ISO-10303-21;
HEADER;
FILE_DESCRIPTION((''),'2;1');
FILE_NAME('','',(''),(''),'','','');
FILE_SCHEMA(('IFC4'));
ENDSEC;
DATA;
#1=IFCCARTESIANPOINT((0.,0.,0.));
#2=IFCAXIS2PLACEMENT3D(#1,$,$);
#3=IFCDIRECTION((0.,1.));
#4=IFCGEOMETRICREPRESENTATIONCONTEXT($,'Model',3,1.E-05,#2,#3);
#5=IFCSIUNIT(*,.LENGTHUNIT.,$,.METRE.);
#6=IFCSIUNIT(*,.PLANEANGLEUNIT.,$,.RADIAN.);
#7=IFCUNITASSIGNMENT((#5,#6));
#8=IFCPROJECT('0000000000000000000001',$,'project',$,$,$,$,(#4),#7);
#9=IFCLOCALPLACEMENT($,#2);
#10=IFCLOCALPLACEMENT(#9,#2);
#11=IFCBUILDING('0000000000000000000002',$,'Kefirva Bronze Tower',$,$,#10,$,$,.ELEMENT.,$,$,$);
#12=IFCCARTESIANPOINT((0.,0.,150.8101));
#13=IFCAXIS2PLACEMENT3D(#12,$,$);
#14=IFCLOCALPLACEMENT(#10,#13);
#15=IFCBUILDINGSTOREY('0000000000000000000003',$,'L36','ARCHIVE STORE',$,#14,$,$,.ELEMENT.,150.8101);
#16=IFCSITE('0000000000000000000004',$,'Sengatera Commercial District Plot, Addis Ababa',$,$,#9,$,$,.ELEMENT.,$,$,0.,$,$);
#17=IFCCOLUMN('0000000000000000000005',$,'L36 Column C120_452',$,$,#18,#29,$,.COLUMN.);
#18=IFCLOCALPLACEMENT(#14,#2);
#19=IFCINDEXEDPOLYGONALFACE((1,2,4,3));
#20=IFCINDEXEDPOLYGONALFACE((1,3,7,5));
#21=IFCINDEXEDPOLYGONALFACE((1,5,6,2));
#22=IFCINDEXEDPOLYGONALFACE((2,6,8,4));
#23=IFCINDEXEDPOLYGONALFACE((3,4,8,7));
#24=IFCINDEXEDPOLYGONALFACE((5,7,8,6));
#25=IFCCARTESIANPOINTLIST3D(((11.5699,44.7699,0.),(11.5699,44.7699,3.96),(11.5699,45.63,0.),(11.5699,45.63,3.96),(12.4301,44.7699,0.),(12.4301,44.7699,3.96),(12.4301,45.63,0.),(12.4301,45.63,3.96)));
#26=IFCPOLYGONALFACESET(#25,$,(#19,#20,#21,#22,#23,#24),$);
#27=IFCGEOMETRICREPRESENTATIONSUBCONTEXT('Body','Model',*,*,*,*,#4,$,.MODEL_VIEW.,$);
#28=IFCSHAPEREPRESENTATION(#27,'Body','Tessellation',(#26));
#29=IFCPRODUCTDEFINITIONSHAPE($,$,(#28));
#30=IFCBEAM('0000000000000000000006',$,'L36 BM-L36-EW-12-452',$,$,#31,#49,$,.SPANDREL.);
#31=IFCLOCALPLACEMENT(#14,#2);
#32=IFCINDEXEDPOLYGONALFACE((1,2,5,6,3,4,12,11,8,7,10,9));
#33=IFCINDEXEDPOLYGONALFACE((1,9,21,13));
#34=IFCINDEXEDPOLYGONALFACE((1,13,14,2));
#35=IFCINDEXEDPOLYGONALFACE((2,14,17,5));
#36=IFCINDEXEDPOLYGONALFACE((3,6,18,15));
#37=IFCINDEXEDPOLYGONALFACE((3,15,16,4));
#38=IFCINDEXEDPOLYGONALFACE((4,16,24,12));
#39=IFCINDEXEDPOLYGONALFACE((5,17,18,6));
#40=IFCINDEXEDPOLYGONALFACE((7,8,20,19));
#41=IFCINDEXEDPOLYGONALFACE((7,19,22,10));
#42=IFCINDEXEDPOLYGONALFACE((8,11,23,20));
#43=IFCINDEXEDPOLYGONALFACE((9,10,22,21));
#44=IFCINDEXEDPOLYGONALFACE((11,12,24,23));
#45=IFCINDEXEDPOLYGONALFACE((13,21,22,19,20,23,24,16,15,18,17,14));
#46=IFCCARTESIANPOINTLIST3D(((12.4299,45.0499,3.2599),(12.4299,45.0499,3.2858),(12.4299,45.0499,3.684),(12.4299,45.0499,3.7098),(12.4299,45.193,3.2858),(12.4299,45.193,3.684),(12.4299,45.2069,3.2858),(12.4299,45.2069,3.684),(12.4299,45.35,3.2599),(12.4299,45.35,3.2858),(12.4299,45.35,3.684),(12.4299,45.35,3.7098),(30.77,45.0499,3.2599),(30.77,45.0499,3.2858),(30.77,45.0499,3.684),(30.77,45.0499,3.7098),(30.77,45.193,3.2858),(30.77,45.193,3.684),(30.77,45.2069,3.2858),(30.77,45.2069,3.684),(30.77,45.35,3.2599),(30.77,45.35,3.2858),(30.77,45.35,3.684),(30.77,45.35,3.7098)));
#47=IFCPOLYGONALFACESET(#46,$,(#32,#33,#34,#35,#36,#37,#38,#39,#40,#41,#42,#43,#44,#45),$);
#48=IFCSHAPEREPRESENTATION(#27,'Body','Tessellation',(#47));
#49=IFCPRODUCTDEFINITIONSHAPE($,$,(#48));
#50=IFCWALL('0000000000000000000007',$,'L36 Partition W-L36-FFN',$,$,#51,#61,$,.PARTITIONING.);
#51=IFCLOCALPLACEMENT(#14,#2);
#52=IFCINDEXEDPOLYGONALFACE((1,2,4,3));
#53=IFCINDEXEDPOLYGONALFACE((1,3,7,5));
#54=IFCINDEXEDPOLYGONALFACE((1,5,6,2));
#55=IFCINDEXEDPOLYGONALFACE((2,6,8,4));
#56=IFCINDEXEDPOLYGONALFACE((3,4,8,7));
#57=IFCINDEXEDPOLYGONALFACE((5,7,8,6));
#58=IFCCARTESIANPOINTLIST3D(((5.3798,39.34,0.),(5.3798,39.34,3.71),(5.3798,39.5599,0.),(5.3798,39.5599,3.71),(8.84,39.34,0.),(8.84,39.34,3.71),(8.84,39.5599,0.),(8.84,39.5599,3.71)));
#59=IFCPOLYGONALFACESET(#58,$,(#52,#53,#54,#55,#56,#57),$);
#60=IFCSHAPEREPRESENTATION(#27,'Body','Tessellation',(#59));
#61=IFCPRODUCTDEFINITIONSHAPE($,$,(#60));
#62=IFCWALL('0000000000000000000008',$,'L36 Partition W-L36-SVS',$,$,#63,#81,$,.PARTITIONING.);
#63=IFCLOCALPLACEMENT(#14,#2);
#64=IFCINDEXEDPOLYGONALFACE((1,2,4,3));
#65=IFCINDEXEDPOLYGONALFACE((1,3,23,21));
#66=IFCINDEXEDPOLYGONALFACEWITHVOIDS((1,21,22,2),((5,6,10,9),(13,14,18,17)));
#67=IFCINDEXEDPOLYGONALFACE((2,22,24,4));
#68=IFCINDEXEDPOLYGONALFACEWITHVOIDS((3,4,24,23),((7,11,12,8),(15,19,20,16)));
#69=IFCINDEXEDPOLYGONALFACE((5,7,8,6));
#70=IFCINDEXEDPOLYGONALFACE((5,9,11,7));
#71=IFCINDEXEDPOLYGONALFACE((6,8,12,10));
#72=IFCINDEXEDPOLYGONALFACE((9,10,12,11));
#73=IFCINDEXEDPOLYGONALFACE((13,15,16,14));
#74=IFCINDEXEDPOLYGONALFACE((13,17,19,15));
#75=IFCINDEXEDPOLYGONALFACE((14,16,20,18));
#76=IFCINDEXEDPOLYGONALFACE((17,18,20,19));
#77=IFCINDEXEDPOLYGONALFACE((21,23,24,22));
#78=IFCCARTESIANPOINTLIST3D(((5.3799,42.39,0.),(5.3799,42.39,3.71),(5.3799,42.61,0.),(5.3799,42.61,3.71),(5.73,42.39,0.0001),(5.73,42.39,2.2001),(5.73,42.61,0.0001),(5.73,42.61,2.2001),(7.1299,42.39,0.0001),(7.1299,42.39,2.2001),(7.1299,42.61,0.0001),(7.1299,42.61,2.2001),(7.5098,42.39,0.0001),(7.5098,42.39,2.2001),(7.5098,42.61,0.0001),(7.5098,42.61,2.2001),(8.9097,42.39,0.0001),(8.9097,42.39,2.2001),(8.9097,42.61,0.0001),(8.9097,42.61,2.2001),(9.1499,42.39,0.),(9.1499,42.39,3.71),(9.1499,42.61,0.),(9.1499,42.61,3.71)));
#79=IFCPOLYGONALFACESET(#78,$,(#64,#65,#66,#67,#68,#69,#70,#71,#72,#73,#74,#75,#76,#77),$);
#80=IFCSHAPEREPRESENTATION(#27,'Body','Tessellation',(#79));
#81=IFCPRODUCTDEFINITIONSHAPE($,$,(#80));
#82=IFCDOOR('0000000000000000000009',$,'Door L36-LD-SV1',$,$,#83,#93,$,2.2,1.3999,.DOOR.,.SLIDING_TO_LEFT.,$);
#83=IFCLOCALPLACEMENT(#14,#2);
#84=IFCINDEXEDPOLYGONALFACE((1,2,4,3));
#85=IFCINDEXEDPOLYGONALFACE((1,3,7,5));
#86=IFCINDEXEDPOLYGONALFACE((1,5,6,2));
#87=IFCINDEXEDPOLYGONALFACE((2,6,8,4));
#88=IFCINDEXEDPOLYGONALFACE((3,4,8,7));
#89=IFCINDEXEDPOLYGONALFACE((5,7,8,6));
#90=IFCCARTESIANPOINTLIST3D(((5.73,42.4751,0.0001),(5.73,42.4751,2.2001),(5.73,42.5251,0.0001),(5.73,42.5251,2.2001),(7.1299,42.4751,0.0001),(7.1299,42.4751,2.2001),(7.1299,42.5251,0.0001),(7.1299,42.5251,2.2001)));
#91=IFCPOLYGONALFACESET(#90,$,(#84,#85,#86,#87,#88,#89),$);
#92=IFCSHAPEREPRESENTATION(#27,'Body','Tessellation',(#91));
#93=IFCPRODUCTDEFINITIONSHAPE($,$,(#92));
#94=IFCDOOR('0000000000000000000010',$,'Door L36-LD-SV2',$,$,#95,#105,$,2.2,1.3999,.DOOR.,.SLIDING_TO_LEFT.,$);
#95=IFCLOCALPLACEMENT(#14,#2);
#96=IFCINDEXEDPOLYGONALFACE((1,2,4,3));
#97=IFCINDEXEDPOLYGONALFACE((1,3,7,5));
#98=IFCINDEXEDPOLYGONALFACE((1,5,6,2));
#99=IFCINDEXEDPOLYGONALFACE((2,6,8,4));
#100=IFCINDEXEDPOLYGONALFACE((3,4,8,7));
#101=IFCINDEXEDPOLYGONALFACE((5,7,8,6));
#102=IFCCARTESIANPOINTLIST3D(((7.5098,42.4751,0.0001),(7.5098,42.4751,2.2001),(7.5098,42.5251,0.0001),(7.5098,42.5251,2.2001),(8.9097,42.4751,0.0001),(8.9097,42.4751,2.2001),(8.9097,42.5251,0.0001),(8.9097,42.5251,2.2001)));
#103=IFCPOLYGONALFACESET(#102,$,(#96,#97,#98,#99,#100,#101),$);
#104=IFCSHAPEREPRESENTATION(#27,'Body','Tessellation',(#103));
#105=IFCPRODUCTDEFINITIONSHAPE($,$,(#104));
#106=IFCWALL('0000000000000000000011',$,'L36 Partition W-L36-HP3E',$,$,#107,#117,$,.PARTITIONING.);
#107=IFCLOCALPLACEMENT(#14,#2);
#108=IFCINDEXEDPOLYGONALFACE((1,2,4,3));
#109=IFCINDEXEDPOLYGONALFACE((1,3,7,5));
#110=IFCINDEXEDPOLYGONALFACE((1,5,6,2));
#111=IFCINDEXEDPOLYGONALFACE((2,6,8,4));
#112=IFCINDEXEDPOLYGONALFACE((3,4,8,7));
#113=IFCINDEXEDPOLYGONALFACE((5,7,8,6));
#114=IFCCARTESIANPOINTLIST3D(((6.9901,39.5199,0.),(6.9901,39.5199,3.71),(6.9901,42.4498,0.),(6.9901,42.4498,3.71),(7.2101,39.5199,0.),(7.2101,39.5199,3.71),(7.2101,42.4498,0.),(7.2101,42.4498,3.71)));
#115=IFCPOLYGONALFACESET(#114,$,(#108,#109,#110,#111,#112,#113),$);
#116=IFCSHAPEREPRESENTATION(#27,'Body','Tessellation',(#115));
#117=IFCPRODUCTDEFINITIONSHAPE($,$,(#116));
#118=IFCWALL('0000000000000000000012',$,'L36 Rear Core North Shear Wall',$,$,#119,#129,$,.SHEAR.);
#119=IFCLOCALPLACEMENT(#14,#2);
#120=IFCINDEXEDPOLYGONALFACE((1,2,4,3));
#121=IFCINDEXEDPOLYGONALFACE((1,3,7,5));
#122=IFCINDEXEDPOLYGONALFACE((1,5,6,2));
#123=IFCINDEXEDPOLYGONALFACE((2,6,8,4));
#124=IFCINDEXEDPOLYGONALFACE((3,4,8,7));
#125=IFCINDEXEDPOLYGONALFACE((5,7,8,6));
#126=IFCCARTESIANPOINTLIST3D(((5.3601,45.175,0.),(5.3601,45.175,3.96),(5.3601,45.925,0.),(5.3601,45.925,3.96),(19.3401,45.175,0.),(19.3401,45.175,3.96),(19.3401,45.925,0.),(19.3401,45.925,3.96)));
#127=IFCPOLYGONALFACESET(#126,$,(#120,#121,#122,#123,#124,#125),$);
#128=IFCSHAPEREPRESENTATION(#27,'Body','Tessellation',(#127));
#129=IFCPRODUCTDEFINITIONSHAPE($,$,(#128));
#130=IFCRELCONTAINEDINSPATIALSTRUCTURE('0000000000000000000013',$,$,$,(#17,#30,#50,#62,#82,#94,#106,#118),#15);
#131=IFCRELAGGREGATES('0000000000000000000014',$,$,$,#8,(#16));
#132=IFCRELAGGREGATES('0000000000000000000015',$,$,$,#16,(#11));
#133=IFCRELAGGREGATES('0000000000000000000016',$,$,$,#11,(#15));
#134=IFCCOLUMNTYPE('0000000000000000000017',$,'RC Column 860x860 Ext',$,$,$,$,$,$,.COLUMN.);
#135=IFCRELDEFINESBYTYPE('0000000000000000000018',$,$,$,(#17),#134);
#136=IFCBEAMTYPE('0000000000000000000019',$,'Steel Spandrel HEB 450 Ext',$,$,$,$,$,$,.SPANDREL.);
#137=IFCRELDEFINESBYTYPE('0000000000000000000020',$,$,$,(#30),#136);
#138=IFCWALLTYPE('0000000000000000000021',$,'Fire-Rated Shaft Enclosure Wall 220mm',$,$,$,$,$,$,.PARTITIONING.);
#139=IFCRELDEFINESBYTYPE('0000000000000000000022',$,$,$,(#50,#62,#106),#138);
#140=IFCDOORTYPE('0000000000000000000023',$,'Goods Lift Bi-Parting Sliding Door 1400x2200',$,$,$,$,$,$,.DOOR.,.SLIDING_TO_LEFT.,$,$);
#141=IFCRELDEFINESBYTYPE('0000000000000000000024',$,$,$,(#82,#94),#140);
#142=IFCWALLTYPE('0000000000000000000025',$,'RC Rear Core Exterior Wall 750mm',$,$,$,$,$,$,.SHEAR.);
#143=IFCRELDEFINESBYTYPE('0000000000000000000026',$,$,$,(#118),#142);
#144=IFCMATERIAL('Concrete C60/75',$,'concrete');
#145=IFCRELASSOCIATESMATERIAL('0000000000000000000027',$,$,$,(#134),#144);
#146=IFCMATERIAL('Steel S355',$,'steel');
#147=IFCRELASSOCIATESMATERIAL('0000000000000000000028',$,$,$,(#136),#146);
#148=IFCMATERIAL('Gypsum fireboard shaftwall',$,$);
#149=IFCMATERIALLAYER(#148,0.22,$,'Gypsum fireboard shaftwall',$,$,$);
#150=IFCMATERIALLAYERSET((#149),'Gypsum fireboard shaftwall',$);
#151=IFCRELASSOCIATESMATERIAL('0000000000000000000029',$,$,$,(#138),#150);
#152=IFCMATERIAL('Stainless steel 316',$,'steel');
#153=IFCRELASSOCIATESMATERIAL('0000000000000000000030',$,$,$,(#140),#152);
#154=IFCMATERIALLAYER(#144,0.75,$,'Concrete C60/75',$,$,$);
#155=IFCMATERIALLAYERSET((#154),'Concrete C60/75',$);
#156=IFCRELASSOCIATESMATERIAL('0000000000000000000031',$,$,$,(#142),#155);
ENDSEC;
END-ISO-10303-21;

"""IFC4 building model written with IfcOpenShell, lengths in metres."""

from ifc_helpers import new_model, si_unit, direction, frame, frame_2d, origin, origin_2d, place, context, subcontext, project, spatial, rectangle, i_section, extrude, material, layer, layer_set, material_profile, profile_set, type_object, element, fill, save


model = new_model("IFC4")

# Units and contexts
model_context = context("Model", 3, precision=1e-05, world=origin(), true_north=direction((0.0, 1.0)))
body_context = subcontext(model_context, "Body", "Model", "MODEL_VIEW")
ifc_project = project(units=[si_unit("LENGTHUNIT", "METRE"), si_unit("PLANEANGLEUNIT", "RADIAN")], contexts=[model_context])

# Site, building, storey
site_placement = place(None, origin())
site = spatial("IfcSite", under=ifc_project, at=site_placement, Name="Sengatera Commercial District Plot, Addis Ababa", CompositionType="ELEMENT", RefElevation=0.0)
building_placement = place(site_placement, origin())
building = spatial("IfcBuilding", under=site, at=building_placement, Name="Kefirva Bronze Tower", CompositionType="ELEMENT")
storey_placement = place(building_placement, frame((0.0, 0.0, 150.8101)))
storey = spatial("IfcBuildingStorey", under=building, at=storey_placement, Name="L36", Description="ARCHIVE STORE", CompositionType="ELEMENT", Elevation=150.8101)

# Column
ifc_material_1 = material(Name="Concrete C60/75", Category="concrete")
ifc_material_profile_1 = material_profile(ifc_material_1, rectangle(XDim=0.8601, YDim=0.8601, at=origin_2d()), Name="RC 860x860")
ifc_profile_set_1 = profile_set([ifc_material_profile_1], Name="Concrete C60/75")
column_type = type_object("IfcColumnType", Name="RC Column 860x860 Ext", PredefinedType="COLUMN", material=ifc_profile_set_1)
column_placement = place(storey_placement, frame((12.0, 45.2, 0.0), z_axis=(0.0, 0.0, 1.0), x_axis=(1.0, 0.0, 0.0)))
element("IfcColumn", 1, at=column_placement, inside=storey, type_object=column_type, Name="L36 Column C120_452", PredefinedType="COLUMN", context=body_context, shape_type="SweptSolid", body=[
    extrude(rectangle(XDim=0.8601, YDim=0.8601, at=origin_2d()), origin(), (0.0, 0.0, 1.0), 3.96),
])

# Beam
ifc_material_2 = material(Name="Steel S355", Category="steel")
ifc_material_profile_2 = material_profile(ifc_material_2, i_section(OverallWidth=0.3, OverallDepth=0.45, WebThickness=0.0139, FlangeThickness=0.0259, at=origin_2d()), Name="HEB 450")
ifc_profile_set_2 = profile_set([ifc_material_profile_2], Name="Steel S355")
beam_type = type_object("IfcBeamType", Name="Steel Spandrel HEB 450 Ext", PredefinedType="SPANDREL", material=ifc_profile_set_2)
beam_placement = place(storey_placement, frame((12.4299, 45.2, 3.4849), z_axis=(1.0, 0.0, 0.0), x_axis=(0.0, 1.0, 0.0)))
element("IfcBeam", 2, at=beam_placement, inside=storey, type_object=beam_type, Name="L36 BM-L36-EW-12-452", PredefinedType="SPANDREL", context=body_context, shape_type="SweptSolid", body=[
    extrude(i_section(OverallWidth=0.3, OverallDepth=0.45, WebThickness=0.0139, FlangeThickness=0.0259, at=origin_2d()), origin(), (0.0, 0.0, 1.0), 18.3401),
])

# Wall
ifc_material_3 = material(Name="Gypsum fireboard shaftwall")
ifc_layer_1 = layer(ifc_material_3, 0.22, Name="Gypsum fireboard shaftwall")
ifc_layer_set_1 = layer_set([ifc_layer_1], Name="Gypsum fireboard shaftwall")
wall_type_1 = type_object("IfcWallType", Name="Fire-Rated Shaft Enclosure Wall 220mm", PredefinedType="PARTITIONING", material=ifc_layer_set_1)
wall_1_placement = place(storey_placement, frame((5.3799, 39.45, 0.0), z_axis=(0.0, 0.0, 1.0), x_axis=(1.0, 0.0, 0.0)))
element("IfcWall", 3, at=wall_1_placement, inside=storey, type_object=wall_type_1, Name="L36 Partition W-L36-FFN", PredefinedType="PARTITIONING", context=body_context, shape_type="SweptSolid", body=[
    extrude(rectangle(XDim=3.4602, YDim=0.22, at=frame_2d((1.73, 0.0))), origin(), (0.0, 0.0, 1.0), 3.71),
])

# Wall, openings, doors
wall_2_placement = place(storey_placement, frame((5.3799, 42.5, 0.0), z_axis=(0.0, 0.0, 1.0), x_axis=(1.0, 0.0, 0.0)))
wall_2 = element("IfcWall", 4, at=wall_2_placement, inside=storey, type_object=wall_type_1, Name="L36 Partition W-L36-SVS", PredefinedType="PARTITIONING", context=body_context, shape_type="SweptSolid", body=[
    extrude(rectangle(XDim=3.77, YDim=0.22, at=frame_2d((1.885, 0.0))), origin(), (0.0, 0.0, 1.0), 3.71),
])
opening_1_placement = place(wall_2_placement, frame((1.75, 0.0, 0.0), z_axis=(0.0, 0.0, 1.0), x_axis=(-1.0, 0.0, 0.0)))
opening_1 = element("IfcOpeningElement", 5, at=opening_1_placement, cuts=wall_2, PredefinedType="OPENING", context=body_context, shape_type="SweptSolid", body=[
    extrude(rectangle(XDim=1.3999, YDim=2.2, at=frame_2d((0.7, 1.1001))), frame((0.0, 0.1201, 0.0), z_axis=(0.0, -1.0, 0.0), x_axis=(1.0, 0.0, 0.0)), (0.0, 0.0, 1.0), 0.24),
])
opening_2_placement = place(wall_2_placement, frame((3.5298, 0.0, 0.0), z_axis=(0.0, 0.0, 1.0), x_axis=(-1.0, 0.0, 0.0)))
opening_2 = element("IfcOpeningElement", 6, at=opening_2_placement, cuts=wall_2, PredefinedType="OPENING", context=body_context, shape_type="SweptSolid", body=[
    extrude(rectangle(XDim=1.3999, YDim=2.2, at=frame_2d((0.7, 1.1001))), frame((0.0, 0.1201, 0.0), z_axis=(0.0, -1.0, 0.0), x_axis=(1.0, 0.0, 0.0)), (0.0, 0.0, 1.0), 0.24),
])
ifc_material_4 = material(Name="Stainless steel 316", Category="steel")
door_type_1 = type_object("IfcDoorType", Name="Goods Lift Bi-Parting Sliding Door 1400x2200", OperationType="SLIDING_TO_LEFT", PredefinedType="DOOR", material=ifc_material_4)
door_1_placement = place(opening_1_placement, origin())
door_1 = element("IfcDoor", 7, at=door_1_placement, inside=storey, type_object=door_type_1, Name="Door L36-LD-SV1", OperationType="SLIDING_TO_LEFT", OverallHeight=2.2, OverallWidth=1.3999, PredefinedType="DOOR", context=body_context, shape_type="SweptSolid", body=[
    extrude(rectangle(XDim=1.3999, YDim=2.2, at=frame_2d((0.7, 1.1001))), frame((0.0, 0.0249, 0.0), z_axis=(0.0, -1.0, 0.0), x_axis=(1.0, 0.0, 0.0)), (0.0, 0.0, 1.0), 0.05),
])
fill(opening_1, door_1)
door_2_placement = place(opening_2_placement, origin())
door_2 = element("IfcDoor", 8, at=door_2_placement, inside=storey, type_object=door_type_1, Name="Door L36-LD-SV2", OperationType="SLIDING_TO_LEFT", OverallHeight=2.2, OverallWidth=1.3999, PredefinedType="DOOR", context=body_context, shape_type="SweptSolid", body=[
    extrude(rectangle(XDim=1.3999, YDim=2.2, at=frame_2d((0.7, 1.1001))), frame((0.0, 0.0249, 0.0), z_axis=(0.0, -1.0, 0.0), x_axis=(1.0, 0.0, 0.0)), (0.0, 0.0, 1.0), 0.05),
])
fill(opening_2, door_2)

# Walls
wall_3_placement = place(storey_placement, frame((7.1001, 39.52, 0.0), z_axis=(0.0, 0.0, 1.0), x_axis=(0.0, 1.0, 0.0)))
element("IfcWall", 9, at=wall_3_placement, inside=storey, type_object=wall_type_1, Name="L36 Partition W-L36-HP3E", PredefinedType="PARTITIONING", context=body_context, shape_type="SweptSolid", body=[
    extrude(rectangle(XDim=2.9299, YDim=0.22, at=frame_2d((1.4648, 0.0))), origin(), (0.0, 0.0, 1.0), 3.71),
])
ifc_layer_2 = layer(ifc_material_1, 0.75, Name="Concrete C60/75")
ifc_layer_set_2 = layer_set([ifc_layer_2], Name="Concrete C60/75")
wall_type_2 = type_object("IfcWallType", Name="RC Rear Core Exterior Wall 750mm", PredefinedType="SHEAR", material=ifc_layer_set_2)
wall_4_placement = place(storey_placement, frame((5.3601, 45.55, 0.0), z_axis=(0.0, 0.0, 1.0), x_axis=(1.0, 0.0, 0.0)))
element("IfcWall", 10, at=wall_4_placement, inside=storey, type_object=wall_type_2, Name="L36 Rear Core North Shear Wall", PredefinedType="SHEAR", context=body_context, shape_type="SweptSolid", body=[
    extrude(rectangle(XDim=13.98, YDim=0.75, at=frame_2d((6.99, 0.0))), origin(), (0.0, 0.0, 1.0), 3.96),
])

save(model, "model.ifc")
